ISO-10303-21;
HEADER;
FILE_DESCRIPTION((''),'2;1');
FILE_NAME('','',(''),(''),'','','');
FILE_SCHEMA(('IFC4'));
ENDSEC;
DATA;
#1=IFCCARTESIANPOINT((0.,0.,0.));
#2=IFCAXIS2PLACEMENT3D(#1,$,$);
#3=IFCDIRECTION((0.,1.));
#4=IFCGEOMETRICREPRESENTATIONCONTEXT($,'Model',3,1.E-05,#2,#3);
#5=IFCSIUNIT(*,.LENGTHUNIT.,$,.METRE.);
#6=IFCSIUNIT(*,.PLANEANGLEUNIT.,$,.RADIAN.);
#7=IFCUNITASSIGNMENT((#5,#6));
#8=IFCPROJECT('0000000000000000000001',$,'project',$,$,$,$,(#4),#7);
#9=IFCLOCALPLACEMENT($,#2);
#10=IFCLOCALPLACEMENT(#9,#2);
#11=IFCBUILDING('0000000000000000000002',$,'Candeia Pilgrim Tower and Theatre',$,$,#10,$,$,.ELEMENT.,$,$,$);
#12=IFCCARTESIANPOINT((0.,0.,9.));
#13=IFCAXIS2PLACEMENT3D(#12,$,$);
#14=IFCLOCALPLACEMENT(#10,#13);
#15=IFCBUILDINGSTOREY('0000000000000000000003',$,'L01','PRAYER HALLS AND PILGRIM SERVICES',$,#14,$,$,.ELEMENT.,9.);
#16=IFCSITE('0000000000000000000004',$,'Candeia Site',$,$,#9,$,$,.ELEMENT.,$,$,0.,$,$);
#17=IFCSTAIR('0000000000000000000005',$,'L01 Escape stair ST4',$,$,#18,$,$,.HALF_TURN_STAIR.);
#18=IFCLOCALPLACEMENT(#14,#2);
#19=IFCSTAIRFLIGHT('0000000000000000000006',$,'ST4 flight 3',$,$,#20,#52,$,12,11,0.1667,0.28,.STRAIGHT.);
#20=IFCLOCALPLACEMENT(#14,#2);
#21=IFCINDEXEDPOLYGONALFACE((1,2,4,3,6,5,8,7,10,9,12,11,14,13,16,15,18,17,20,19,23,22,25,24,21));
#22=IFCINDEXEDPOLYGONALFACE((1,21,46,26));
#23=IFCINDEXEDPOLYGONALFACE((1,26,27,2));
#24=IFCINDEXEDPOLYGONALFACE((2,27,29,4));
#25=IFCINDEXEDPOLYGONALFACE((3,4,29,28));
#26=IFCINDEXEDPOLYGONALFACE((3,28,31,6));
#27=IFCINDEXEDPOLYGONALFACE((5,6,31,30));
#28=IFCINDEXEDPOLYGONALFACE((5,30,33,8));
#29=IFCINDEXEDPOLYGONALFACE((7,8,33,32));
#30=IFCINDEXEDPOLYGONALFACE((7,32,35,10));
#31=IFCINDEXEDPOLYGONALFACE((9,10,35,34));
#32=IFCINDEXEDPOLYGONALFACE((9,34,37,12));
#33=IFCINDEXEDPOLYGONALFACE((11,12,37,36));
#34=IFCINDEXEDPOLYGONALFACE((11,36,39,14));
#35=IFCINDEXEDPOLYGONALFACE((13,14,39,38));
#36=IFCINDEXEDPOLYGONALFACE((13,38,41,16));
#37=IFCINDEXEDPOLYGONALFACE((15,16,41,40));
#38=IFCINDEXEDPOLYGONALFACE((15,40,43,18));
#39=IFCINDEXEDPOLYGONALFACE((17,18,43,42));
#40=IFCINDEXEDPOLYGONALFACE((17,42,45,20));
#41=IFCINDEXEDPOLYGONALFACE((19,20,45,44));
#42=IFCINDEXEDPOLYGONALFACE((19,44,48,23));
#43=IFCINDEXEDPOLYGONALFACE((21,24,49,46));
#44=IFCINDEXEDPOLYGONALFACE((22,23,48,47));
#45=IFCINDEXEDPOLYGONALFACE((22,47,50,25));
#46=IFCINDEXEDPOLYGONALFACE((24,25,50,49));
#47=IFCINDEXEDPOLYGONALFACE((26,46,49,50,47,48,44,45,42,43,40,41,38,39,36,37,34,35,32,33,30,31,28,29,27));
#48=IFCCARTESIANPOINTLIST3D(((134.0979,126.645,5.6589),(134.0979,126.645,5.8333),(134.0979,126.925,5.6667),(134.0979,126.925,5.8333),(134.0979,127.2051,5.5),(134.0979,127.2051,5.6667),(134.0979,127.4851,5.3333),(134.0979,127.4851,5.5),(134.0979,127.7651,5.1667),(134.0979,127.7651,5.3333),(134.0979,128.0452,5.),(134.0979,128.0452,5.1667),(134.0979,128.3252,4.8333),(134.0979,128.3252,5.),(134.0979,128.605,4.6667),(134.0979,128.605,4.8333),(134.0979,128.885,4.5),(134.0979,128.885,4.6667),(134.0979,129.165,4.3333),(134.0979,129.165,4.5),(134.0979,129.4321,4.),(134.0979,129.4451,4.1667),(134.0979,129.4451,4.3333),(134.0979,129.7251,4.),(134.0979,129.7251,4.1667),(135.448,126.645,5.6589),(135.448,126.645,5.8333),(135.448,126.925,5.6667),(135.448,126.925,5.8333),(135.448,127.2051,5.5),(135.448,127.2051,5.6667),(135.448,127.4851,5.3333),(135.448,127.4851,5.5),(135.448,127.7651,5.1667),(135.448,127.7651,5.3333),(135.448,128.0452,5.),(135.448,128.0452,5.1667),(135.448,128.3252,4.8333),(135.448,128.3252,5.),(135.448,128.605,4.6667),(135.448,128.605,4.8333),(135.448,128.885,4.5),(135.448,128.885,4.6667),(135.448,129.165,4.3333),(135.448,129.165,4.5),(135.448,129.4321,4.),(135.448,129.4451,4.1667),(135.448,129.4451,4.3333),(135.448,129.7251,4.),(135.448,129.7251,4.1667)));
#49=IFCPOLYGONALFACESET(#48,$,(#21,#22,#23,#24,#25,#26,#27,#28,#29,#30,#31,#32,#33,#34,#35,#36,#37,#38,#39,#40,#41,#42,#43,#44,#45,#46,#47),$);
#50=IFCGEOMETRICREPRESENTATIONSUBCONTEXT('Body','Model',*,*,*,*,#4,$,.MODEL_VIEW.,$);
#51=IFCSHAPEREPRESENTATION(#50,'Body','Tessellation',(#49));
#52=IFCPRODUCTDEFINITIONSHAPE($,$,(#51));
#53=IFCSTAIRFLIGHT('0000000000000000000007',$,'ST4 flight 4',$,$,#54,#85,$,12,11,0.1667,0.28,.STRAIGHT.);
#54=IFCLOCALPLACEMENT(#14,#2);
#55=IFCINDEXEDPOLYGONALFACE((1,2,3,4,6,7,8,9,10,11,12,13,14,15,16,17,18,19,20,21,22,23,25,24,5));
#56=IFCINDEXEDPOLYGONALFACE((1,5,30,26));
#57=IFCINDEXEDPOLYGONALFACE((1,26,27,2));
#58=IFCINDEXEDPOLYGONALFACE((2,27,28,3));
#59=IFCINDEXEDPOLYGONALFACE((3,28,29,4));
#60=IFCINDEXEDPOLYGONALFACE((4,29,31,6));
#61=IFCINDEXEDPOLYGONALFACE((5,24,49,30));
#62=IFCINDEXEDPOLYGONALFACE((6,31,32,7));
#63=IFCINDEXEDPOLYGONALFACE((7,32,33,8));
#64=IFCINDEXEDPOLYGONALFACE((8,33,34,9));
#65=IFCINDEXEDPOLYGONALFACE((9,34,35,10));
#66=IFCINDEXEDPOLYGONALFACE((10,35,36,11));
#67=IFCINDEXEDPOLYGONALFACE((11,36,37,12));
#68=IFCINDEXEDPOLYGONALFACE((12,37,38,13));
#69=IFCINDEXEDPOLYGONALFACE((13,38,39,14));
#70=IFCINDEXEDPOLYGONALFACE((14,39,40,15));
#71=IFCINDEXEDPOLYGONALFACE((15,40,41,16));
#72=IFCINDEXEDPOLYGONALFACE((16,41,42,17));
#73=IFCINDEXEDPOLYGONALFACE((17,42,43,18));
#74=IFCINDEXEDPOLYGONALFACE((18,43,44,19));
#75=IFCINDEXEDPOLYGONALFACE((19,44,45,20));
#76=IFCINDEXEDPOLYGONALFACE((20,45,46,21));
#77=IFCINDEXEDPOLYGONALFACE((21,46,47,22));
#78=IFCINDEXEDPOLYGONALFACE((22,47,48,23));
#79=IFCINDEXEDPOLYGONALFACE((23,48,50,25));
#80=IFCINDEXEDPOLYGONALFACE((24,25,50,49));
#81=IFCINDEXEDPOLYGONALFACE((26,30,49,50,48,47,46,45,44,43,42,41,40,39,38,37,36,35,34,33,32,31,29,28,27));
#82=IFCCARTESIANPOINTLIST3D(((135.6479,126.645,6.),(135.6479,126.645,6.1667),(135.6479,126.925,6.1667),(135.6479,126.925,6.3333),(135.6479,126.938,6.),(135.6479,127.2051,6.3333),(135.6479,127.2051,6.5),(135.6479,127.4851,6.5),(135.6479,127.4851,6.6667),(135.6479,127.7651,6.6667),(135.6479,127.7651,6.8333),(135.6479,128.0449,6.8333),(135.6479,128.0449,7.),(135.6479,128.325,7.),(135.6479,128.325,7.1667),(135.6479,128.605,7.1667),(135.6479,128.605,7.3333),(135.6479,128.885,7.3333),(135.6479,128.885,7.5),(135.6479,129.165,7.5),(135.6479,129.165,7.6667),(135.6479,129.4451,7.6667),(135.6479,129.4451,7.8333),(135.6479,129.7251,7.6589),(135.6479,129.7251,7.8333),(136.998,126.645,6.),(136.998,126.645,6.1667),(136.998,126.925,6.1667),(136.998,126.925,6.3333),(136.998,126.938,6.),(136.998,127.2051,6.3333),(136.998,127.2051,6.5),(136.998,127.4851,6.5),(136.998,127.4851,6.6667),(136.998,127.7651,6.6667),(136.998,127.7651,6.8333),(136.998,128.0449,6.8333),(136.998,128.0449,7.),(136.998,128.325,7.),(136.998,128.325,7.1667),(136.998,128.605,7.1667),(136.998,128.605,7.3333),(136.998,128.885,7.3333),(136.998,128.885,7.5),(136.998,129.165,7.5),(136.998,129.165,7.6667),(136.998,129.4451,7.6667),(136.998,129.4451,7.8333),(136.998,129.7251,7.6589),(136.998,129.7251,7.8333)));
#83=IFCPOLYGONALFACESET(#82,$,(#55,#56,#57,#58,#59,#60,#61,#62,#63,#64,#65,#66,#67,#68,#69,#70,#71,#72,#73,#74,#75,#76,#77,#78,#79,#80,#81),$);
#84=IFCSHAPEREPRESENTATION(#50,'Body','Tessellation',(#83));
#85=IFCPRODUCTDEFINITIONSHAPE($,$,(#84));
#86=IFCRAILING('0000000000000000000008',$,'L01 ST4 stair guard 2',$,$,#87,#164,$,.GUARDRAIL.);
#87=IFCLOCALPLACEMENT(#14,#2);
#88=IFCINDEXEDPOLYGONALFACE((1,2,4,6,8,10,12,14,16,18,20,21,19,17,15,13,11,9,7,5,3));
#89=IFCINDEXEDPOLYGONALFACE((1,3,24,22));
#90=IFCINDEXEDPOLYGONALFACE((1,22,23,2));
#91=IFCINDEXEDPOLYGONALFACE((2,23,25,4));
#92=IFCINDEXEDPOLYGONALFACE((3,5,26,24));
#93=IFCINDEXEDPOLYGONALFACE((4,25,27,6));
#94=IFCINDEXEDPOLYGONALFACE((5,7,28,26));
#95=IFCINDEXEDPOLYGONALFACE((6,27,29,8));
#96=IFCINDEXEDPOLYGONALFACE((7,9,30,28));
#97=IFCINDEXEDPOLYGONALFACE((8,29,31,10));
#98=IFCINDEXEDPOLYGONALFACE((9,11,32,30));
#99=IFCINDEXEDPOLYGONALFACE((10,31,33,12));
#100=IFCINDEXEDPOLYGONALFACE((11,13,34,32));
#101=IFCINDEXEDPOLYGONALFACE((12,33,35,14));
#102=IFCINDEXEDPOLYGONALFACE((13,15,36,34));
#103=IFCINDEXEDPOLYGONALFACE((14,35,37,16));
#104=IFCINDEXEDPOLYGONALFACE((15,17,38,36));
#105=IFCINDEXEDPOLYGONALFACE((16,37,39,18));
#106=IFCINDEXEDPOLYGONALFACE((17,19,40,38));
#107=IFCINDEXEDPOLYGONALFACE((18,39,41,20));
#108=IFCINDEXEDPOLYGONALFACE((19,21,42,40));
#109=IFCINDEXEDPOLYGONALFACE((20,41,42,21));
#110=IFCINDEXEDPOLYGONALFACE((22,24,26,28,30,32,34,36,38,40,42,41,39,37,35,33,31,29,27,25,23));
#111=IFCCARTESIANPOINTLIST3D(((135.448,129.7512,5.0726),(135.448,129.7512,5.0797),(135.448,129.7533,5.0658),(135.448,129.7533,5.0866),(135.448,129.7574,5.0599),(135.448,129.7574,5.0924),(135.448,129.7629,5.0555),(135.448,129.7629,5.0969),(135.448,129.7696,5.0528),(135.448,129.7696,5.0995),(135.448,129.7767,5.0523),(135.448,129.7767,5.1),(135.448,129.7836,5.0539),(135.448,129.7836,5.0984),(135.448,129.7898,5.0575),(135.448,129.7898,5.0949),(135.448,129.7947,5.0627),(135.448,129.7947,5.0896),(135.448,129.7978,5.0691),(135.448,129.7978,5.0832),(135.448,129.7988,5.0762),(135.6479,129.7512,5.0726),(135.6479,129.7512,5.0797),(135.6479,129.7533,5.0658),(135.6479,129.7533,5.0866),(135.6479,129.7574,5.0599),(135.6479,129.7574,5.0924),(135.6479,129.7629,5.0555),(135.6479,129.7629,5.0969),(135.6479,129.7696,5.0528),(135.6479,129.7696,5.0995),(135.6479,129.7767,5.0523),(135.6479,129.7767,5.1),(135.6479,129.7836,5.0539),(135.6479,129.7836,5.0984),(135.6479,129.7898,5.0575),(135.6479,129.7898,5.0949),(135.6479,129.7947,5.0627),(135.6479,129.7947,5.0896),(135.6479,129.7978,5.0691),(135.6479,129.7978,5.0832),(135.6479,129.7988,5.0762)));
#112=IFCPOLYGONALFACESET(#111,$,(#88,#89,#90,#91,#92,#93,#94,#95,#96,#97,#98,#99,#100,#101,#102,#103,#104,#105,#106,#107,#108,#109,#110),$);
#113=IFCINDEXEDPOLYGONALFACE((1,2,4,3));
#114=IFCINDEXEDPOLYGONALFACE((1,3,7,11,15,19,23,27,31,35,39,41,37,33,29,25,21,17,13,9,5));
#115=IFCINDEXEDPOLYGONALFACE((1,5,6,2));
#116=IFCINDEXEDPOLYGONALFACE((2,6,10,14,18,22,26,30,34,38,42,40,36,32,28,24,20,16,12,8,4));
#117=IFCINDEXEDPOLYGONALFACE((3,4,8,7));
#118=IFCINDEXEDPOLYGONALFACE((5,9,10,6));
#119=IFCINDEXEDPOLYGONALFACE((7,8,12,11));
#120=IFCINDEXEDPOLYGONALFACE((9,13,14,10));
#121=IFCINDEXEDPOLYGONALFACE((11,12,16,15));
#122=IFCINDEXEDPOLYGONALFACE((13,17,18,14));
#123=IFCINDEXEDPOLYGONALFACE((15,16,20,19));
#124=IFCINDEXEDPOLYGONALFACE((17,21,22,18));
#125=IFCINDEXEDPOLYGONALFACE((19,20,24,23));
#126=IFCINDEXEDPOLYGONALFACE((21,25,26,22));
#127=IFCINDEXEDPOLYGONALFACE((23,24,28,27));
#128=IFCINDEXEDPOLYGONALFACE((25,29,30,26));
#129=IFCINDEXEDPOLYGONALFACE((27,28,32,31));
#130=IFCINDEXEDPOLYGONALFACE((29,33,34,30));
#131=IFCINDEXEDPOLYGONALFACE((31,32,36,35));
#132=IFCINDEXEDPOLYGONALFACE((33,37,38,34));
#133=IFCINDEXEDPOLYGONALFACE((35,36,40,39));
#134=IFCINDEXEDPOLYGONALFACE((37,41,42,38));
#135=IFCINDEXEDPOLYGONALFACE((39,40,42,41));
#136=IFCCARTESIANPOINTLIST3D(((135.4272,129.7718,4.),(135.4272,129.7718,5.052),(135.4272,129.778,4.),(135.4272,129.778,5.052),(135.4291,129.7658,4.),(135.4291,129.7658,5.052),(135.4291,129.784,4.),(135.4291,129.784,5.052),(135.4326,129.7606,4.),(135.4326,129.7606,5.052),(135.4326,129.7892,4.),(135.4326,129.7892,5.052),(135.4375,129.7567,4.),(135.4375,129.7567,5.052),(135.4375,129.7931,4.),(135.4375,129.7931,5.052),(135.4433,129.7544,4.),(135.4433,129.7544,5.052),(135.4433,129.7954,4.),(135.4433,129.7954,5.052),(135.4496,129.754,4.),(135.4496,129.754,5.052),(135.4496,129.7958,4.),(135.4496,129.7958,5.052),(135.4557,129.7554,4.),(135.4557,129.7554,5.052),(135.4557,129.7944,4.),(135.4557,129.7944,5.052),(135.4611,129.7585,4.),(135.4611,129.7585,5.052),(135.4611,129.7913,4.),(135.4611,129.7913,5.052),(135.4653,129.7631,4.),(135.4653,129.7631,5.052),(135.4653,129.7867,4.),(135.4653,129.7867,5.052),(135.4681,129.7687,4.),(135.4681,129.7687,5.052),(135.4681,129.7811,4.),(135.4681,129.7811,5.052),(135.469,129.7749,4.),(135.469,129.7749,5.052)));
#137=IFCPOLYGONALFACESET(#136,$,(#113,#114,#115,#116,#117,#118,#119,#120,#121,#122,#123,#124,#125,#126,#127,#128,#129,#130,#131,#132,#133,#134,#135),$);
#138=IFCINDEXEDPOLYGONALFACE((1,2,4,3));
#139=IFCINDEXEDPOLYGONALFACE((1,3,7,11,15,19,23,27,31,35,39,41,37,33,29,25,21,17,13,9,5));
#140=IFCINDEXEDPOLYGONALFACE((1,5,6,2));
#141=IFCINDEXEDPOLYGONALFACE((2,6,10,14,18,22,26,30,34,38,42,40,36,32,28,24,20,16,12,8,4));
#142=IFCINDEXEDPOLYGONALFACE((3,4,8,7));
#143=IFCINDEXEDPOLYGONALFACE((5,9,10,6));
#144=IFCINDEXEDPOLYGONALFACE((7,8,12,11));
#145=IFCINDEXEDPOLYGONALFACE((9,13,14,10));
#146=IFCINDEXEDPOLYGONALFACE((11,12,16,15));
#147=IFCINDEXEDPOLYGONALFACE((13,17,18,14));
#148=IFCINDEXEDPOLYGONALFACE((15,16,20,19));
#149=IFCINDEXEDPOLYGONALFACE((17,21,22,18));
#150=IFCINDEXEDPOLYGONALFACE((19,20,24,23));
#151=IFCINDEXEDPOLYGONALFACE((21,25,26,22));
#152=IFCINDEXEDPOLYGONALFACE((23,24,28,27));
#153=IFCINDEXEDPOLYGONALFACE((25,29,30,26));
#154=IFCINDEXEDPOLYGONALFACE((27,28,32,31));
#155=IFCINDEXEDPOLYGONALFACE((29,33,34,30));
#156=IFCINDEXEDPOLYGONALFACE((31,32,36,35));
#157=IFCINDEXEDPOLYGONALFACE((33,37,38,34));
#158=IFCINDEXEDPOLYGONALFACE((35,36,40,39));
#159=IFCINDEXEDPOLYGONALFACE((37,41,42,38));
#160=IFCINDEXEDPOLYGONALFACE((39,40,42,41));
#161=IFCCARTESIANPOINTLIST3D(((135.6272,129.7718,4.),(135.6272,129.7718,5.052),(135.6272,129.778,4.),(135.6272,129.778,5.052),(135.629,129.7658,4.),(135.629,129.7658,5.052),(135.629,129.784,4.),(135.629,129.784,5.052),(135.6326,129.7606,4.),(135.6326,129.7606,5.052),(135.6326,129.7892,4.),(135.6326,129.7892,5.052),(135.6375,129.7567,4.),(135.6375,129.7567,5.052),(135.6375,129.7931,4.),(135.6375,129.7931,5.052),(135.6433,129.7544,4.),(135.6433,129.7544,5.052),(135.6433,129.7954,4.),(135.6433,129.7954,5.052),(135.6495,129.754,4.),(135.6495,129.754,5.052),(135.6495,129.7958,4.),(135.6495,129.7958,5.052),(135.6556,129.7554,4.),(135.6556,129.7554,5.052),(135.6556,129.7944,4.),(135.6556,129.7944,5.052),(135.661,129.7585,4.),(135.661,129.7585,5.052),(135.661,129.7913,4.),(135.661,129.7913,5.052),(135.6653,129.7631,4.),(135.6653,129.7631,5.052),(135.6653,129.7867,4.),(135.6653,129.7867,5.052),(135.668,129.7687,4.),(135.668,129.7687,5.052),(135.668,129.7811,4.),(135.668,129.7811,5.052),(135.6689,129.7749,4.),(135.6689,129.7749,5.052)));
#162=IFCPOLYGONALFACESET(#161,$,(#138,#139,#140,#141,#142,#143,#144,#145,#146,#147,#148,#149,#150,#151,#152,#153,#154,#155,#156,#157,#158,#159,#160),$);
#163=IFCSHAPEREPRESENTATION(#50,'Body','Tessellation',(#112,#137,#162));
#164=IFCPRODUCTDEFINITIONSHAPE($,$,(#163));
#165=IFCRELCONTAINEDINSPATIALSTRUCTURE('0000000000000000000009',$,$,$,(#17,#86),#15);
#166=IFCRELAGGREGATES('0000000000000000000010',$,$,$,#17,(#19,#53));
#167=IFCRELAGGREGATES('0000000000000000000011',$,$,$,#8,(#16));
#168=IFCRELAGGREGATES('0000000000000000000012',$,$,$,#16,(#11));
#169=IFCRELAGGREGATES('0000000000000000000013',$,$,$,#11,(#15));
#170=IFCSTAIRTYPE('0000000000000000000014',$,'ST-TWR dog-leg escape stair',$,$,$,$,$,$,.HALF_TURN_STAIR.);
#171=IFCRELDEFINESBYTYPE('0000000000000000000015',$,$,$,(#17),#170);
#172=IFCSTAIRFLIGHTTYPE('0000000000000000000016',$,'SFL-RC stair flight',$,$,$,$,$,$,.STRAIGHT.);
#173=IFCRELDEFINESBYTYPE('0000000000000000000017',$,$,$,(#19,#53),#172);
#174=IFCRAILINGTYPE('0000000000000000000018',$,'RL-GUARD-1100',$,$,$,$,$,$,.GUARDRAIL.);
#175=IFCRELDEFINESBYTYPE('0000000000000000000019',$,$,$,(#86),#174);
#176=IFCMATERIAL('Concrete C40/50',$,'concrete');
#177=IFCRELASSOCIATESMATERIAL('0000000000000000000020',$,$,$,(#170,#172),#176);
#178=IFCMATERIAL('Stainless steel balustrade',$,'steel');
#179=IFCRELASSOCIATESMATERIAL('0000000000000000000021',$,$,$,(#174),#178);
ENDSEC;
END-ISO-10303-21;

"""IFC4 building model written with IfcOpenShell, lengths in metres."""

from ifc_helpers import new_model, si_unit, direction, frame, origin, origin_2d, place, context, subcontext, project, spatial, polyline, circle, outline, extrude, material, type_object, element, aggregate, save


model = new_model("IFC4")

# Units and contexts
model_context = context("Model", 3, precision=1e-05, world=origin(), true_north=direction((0.0, 1.0)))
body_context = subcontext(model_context, "Body", "Model", "MODEL_VIEW")
ifc_project = project(units=[si_unit("LENGTHUNIT", "METRE"), si_unit("PLANEANGLEUNIT", "RADIAN")], contexts=[model_context])

# Site, building, storey
site_placement = place(None, origin())
site = spatial("IfcSite", under=ifc_project, at=site_placement, Name="Candeia Site", CompositionType="ELEMENT", RefElevation=0.0)
building_placement = place(site_placement, origin())
building = spatial("IfcBuilding", under=site, at=building_placement, Name="Candeia Pilgrim Tower and Theatre", CompositionType="ELEMENT")
storey_placement = place(building_placement, frame((0.0, 0.0, 9.0)))
storey = spatial("IfcBuildingStorey", under=building, at=storey_placement, Name="L01", Description="PRAYER HALLS AND PILGRIM SERVICES", CompositionType="ELEMENT", Elevation=9.0)

# Shared definitions
ifc_material_1 = material(Name="Concrete C40/50", Category="concrete")

# Stair, stair flights
stair_type = type_object("IfcStairType", Name="ST-TWR dog-leg escape stair", PredefinedType="HALF_TURN_STAIR", material=ifc_material_1)
stair_placement = place(storey_placement, origin())
stair = element("IfcStair", 1, at=stair_placement, inside=storey, type_object=stair_type, Name="L01 Escape stair ST4", PredefinedType="HALF_TURN_STAIR")
stair_flight_type = type_object("IfcStairFlightType", Name="SFL-RC stair flight", PredefinedType="STRAIGHT", material=ifc_material_1)
stair_flight_1_placement = place(storey_placement, frame((134.7729, 129.7251, 4.0), z_axis=(0.0, 0.0, 1.0), x_axis=(0.0, -1.0, 0.0)))
stair_flight_1 = element("IfcStairFlight", 2, at=stair_flight_1_placement, type_object=stair_flight_type, Name="ST4 flight 3", NumberOfRisers=12, NumberOfTreads=11, PredefinedType="STRAIGHT", RiserHeight=0.1667, TreadLength=0.28, context=body_context, shape_type="SweptSolid", body=[
    extrude(outline(polyline([(0.0, 0.0), (0.0, 0.1667), (0.28, 0.1667), (0.28, 0.3333), (0.5601, 0.3333), (0.5601, 0.5), (0.8401, 0.5), (0.8401, 0.6667), (1.1201, 0.6667), (1.1201, 0.8333), (1.3999, 0.8333), (1.3999, 1.0), (1.6799, 1.0), (1.6799, 1.1667), (1.96, 1.1667), (1.96, 1.3333), (2.24, 1.3333), (2.24, 1.5), (2.52, 1.5), (2.52, 1.6667), (2.8, 1.6667), (2.8, 1.8333), (3.0801, 1.8333), (3.0801, 2.0), (3.0801, 1.6589), (0.293, 0.0), (0.0, 0.0)])), frame((0.0, 0.675, 0.0), z_axis=(0.0, -1.0, 0.0), x_axis=(1.0, 0.0, 0.0)), (0.0, 0.0, 1.0), 1.3501),
])
stair_flight_2_placement = place(storey_placement, frame((136.323, 126.645, 6.0), z_axis=(0.0, 0.0, 1.0), x_axis=(0.0, 1.0, 0.0)))
stair_flight_2 = element("IfcStairFlight", 3, at=stair_flight_2_placement, type_object=stair_flight_type, Name="ST4 flight 4", NumberOfRisers=12, NumberOfTreads=11, PredefinedType="STRAIGHT", RiserHeight=0.1667, TreadLength=0.28, context=body_context, shape_type="SweptSolid", body=[
    extrude(outline(polyline([(0.0, 0.0), (0.0, 0.1667), (0.28, 0.1667), (0.28, 0.3333), (0.5601, 0.3333), (0.5601, 0.5), (0.8401, 0.5), (0.8401, 0.6667), (1.1201, 0.6667), (1.1201, 0.8333), (1.3999, 0.8333), (1.3999, 1.0), (1.6799, 1.0), (1.6799, 1.1667), (1.96, 1.1667), (1.96, 1.3333), (2.24, 1.3333), (2.24, 1.5), (2.52, 1.5), (2.52, 1.6667), (2.8, 1.6667), (2.8, 1.8333), (3.0801, 1.8333), (3.0801, 2.0), (3.0801, 1.6589), (0.293, 0.0), (0.0, 0.0)])), frame((0.0, 0.675, 0.0), z_axis=(0.0, -1.0, 0.0), x_axis=(1.0, 0.0, 0.0)), (0.0, 0.0, 1.0), 1.3501),
])
aggregate(stair, [stair_flight_1, stair_flight_2])

# Railing
ifc_material_2 = material(Name="Stainless steel balustrade", Category="steel")
railing_type_1 = type_object("IfcRailingType", Name="RL-GUARD-1100", PredefinedType="GUARDRAIL", material=ifc_material_2)
railing_1_placement = place(storey_placement, frame((135.448, 129.7749, 4.0)))
element("IfcRailing", 4, at=railing_1_placement, inside=storey, type_object=railing_type_1, Name="L01 ST4 stair guard 2", PredefinedType="GUARDRAIL", context=body_context, shape_type="SweptSolid", body=[
    extrude(circle(Radius=0.0239, at=origin_2d()), frame((0.0, 0.0, 1.0762), z_axis=(1.0, 0.0, 0.0), x_axis=(0.0, 1.0, 0.0)), (0.0, 0.0, 1.0), 0.2),
    extrude(circle(Radius=0.021, at=origin_2d()), origin(), (0.0, 0.0, 1.0), 1.052),
    extrude(circle(Radius=0.021, at=origin_2d()), frame((0.2, 0.0, 0.0)), (0.0, 0.0, 1.0), 1.052),
])

save(model, "model.ifc")
